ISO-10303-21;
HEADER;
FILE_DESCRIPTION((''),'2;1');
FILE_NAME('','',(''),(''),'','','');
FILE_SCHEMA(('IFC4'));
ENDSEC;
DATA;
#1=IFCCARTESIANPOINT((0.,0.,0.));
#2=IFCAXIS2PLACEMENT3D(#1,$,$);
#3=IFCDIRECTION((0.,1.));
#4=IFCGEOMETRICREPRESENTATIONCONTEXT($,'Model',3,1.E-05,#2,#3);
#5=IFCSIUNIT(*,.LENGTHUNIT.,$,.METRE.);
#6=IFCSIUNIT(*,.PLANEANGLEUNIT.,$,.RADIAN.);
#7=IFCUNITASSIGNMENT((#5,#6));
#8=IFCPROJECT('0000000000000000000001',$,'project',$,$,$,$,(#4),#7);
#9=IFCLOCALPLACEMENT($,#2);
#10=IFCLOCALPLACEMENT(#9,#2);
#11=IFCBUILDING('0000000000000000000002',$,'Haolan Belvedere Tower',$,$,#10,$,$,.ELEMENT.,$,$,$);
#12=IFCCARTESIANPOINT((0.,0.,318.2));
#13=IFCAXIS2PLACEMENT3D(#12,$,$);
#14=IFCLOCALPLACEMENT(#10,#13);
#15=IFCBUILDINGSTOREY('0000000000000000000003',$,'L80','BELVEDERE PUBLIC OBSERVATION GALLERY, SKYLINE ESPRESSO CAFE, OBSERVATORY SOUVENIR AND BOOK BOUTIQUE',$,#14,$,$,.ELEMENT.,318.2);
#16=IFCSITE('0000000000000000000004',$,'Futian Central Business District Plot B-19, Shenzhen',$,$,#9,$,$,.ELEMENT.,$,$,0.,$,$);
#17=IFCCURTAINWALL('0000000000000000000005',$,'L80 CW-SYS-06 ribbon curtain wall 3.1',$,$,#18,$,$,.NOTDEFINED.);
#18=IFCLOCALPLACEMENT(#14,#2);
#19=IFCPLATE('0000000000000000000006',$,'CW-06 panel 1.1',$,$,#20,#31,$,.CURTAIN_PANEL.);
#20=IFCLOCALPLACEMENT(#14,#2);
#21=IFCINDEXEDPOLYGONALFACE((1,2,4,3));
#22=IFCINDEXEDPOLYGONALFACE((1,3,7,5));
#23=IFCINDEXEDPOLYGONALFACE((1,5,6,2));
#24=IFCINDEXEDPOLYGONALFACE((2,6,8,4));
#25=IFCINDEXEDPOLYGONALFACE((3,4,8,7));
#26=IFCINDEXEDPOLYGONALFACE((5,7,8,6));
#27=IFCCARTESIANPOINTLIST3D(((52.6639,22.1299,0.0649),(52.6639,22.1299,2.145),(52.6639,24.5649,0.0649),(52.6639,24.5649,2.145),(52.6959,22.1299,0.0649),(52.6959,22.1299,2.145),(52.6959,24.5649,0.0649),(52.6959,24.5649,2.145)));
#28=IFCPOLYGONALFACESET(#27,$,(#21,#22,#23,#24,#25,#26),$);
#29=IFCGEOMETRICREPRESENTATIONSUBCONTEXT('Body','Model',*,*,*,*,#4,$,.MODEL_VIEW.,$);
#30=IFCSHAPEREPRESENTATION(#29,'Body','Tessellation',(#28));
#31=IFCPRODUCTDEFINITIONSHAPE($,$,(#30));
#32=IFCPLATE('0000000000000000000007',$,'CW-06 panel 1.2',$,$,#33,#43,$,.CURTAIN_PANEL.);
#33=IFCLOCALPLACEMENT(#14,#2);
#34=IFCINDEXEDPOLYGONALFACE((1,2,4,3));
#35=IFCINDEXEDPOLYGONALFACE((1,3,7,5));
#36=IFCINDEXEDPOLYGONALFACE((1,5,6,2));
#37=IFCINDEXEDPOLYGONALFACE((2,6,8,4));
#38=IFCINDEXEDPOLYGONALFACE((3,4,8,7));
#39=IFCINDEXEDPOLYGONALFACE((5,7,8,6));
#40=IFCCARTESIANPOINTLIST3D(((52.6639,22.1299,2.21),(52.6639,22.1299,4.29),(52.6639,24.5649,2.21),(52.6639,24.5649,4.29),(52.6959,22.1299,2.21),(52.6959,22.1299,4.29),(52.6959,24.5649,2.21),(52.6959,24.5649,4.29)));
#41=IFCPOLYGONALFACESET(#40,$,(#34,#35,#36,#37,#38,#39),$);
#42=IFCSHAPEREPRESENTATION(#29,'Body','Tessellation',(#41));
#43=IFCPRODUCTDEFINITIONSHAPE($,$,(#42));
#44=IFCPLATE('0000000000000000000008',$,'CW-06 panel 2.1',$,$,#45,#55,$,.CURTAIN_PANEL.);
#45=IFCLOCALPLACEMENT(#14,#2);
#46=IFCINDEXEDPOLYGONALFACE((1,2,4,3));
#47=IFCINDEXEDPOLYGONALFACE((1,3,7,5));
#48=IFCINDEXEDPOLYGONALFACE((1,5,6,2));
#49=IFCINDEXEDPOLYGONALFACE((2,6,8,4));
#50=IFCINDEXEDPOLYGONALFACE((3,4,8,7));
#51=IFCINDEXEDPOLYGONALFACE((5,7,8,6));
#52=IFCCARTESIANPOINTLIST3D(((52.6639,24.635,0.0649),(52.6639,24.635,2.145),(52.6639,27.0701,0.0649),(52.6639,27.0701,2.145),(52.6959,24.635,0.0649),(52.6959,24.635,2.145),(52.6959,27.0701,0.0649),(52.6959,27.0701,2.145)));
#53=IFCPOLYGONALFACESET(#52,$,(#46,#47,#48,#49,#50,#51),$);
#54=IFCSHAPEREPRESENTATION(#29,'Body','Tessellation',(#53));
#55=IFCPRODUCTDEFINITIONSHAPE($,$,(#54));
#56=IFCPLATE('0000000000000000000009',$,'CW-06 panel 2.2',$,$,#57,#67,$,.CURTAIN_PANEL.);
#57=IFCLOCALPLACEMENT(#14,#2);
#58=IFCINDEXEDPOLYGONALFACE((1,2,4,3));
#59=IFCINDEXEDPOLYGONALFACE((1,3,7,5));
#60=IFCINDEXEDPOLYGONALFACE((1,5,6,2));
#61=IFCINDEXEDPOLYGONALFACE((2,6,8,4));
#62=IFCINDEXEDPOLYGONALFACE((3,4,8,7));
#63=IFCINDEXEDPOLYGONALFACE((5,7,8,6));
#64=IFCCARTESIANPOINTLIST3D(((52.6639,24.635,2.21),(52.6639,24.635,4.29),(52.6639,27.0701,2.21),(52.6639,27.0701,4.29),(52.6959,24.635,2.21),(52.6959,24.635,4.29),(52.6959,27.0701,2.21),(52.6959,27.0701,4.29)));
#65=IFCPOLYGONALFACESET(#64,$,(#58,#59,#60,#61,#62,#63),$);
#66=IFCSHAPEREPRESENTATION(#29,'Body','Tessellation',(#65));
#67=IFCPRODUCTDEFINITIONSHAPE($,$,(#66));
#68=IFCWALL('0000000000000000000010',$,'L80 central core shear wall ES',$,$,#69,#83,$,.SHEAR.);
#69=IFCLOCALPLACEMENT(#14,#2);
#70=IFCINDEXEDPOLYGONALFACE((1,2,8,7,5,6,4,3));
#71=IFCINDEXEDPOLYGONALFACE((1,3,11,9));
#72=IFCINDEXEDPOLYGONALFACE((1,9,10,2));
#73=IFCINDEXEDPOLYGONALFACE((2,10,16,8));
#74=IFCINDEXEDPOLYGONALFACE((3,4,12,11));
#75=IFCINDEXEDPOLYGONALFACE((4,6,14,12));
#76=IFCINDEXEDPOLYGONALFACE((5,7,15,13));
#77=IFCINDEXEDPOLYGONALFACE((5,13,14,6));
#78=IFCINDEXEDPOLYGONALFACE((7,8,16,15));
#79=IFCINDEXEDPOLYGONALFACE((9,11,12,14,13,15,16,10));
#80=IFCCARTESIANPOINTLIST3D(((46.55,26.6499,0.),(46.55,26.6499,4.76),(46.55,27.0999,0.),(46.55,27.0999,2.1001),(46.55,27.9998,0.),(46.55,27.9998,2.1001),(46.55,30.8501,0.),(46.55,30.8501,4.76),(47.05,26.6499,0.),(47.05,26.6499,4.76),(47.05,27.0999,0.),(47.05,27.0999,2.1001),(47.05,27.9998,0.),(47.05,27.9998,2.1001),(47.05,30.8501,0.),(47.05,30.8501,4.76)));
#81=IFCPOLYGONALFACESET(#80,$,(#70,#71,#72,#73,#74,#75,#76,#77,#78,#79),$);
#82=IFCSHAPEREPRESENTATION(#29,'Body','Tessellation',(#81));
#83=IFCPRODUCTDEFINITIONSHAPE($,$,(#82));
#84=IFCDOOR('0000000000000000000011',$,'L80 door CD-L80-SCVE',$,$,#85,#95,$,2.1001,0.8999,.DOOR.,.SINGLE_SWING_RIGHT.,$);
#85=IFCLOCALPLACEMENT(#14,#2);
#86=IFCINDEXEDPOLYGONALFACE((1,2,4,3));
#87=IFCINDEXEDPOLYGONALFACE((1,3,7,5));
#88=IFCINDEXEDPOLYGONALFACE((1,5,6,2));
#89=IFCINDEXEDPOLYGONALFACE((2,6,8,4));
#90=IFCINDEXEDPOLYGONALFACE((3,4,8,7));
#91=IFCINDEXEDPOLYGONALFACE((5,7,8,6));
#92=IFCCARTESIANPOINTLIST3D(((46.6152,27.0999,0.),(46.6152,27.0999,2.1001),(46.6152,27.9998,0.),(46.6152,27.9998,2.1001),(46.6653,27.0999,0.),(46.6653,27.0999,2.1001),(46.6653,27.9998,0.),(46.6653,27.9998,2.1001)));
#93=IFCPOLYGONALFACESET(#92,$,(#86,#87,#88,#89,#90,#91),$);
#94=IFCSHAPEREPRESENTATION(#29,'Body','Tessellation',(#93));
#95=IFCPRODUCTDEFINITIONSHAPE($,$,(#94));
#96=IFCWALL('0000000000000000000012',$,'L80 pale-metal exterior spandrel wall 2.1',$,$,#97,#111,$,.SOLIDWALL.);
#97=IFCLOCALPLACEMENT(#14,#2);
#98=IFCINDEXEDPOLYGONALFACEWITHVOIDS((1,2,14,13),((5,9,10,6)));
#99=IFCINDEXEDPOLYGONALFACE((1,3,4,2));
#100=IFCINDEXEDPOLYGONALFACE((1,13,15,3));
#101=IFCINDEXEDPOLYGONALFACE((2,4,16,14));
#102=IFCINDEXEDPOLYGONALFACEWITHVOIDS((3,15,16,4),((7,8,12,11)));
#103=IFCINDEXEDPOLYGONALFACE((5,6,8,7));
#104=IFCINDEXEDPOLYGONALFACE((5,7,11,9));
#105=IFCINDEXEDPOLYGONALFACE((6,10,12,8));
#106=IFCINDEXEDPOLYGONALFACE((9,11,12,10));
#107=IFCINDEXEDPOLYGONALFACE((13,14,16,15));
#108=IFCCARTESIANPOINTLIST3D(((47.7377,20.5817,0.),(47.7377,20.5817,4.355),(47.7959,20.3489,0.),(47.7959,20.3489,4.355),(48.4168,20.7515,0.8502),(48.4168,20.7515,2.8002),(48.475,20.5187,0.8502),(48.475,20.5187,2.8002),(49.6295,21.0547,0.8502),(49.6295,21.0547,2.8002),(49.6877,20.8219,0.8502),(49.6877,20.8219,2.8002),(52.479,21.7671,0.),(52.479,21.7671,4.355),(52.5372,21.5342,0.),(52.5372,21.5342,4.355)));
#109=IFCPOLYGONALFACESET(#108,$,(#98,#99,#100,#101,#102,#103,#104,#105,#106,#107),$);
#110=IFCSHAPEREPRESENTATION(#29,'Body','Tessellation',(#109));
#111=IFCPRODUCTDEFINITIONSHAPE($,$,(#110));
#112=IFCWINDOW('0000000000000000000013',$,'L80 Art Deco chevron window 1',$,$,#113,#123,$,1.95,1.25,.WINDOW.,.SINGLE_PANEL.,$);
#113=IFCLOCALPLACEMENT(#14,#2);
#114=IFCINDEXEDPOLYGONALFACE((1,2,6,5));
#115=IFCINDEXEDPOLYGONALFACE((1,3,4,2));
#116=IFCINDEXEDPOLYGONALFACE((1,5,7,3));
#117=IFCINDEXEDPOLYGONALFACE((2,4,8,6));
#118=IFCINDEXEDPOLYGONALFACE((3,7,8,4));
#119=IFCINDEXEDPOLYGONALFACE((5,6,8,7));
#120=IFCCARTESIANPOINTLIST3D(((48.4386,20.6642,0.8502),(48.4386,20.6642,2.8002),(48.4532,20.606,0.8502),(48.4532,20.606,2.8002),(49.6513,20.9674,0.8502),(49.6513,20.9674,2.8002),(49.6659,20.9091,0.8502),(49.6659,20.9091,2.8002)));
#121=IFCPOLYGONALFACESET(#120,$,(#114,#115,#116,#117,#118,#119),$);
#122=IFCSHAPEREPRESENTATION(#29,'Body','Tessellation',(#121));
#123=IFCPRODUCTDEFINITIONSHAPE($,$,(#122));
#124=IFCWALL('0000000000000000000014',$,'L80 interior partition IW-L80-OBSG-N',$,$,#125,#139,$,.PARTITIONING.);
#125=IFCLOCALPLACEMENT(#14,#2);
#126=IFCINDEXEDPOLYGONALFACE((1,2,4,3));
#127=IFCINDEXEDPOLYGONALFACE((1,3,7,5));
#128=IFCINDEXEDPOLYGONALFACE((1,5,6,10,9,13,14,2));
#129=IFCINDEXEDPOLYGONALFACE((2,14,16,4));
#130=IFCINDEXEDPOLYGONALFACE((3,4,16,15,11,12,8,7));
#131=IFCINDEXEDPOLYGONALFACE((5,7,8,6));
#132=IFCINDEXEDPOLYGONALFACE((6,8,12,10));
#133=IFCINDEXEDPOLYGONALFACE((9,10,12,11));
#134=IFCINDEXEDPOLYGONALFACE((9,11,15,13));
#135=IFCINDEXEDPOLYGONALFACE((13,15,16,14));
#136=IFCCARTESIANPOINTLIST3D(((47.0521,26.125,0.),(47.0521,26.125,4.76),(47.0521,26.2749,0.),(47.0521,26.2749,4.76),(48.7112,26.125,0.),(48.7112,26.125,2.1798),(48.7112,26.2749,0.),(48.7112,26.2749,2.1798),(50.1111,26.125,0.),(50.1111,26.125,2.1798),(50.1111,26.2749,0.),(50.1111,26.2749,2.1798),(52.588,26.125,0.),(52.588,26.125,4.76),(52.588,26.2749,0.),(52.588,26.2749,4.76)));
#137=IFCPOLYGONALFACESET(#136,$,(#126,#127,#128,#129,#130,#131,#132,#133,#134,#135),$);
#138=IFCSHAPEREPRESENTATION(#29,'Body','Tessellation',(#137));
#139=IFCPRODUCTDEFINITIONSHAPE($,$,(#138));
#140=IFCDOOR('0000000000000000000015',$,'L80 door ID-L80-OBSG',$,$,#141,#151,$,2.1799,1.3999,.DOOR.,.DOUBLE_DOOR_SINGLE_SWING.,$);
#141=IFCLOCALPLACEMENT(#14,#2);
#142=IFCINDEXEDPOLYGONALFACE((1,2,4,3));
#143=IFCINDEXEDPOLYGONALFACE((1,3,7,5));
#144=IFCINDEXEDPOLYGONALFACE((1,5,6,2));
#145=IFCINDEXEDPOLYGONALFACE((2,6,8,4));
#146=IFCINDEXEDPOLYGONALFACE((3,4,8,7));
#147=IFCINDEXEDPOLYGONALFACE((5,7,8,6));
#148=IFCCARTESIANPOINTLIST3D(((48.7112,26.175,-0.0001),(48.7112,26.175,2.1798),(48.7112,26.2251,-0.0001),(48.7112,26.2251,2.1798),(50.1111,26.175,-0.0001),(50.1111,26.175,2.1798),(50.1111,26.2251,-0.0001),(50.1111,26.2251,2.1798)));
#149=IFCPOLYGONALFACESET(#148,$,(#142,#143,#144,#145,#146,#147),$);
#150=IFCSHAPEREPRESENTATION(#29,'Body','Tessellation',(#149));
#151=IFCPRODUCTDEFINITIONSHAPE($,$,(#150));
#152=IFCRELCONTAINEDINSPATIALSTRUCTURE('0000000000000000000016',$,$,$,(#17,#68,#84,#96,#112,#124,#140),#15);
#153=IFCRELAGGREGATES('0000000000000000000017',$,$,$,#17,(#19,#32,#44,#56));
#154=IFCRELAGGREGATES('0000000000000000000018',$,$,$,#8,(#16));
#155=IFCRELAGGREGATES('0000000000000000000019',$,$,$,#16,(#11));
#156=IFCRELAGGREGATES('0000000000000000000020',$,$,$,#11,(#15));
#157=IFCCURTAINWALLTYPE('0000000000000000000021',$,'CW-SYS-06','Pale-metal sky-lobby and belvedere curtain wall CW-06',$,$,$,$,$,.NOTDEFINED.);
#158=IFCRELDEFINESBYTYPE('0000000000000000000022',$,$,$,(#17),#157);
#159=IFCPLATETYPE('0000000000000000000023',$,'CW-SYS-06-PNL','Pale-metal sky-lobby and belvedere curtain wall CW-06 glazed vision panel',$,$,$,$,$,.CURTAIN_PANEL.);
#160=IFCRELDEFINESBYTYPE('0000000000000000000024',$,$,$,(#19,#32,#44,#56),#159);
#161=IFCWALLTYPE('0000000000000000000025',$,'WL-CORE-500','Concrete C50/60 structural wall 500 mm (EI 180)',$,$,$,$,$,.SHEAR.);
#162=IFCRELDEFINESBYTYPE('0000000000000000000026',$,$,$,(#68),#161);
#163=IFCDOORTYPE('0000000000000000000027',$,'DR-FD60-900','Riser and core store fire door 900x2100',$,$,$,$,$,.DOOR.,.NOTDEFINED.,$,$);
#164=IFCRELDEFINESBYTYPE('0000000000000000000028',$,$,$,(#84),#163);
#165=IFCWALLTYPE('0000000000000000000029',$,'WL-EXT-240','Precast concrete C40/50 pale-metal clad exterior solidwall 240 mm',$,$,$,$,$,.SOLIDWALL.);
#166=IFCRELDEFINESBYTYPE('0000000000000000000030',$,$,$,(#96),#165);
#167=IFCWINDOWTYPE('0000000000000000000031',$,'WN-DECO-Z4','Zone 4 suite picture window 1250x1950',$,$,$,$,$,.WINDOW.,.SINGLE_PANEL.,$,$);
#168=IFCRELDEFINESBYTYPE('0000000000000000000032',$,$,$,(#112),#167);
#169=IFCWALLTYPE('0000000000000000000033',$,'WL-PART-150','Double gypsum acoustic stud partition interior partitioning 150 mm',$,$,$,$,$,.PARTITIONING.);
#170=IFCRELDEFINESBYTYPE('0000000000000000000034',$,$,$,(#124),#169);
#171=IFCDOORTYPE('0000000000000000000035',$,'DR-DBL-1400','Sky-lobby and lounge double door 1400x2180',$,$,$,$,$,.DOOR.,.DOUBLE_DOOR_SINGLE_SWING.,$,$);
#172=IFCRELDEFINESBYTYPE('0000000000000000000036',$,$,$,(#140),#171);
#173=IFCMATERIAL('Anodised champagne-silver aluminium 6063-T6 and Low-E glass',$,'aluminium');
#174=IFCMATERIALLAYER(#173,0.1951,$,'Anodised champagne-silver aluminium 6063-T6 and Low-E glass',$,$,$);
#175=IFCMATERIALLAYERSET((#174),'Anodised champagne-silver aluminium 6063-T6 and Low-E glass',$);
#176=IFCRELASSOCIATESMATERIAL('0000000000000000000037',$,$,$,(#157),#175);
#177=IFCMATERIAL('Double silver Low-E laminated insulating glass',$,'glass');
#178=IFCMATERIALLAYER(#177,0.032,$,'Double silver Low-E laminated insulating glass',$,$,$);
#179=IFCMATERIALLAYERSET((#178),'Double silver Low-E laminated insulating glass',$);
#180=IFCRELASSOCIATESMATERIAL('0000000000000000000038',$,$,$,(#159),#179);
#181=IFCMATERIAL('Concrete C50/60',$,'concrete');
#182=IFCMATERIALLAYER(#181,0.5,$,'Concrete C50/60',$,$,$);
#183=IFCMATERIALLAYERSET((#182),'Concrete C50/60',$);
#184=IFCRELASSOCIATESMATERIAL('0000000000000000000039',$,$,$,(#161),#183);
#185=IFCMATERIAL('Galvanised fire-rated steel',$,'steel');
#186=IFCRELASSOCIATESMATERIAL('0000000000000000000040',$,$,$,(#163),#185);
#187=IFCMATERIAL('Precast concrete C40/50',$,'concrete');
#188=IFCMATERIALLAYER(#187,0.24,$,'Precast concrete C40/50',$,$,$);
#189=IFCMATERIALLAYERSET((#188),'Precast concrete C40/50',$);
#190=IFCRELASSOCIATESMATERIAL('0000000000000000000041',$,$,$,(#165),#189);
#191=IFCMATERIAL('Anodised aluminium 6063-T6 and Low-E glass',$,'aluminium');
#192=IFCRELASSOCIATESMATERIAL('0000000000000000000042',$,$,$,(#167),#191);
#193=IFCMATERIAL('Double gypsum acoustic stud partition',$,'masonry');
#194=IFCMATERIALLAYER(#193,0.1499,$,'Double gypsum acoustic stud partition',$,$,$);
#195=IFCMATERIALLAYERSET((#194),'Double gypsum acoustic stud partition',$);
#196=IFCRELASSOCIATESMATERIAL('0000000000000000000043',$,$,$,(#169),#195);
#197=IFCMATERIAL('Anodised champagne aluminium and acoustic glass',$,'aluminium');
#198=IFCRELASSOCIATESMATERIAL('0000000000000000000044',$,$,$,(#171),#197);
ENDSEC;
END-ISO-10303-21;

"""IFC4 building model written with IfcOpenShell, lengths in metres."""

from ifc_helpers import new_model, si_unit, direction, frame, frame_2d, origin, origin_2d, place, context, subcontext, project, spatial, rectangle, extrude, material, layer, layer_set, type_object, element, fill, aggregate, save


model = new_model("IFC4")

# Units and contexts
model_context = context("Model", 3, precision=1e-05, world=origin(), true_north=direction((0.0, 1.0)))
body_context = subcontext(model_context, "Body", "Model", "MODEL_VIEW")
ifc_project = project(units=[si_unit("LENGTHUNIT", "METRE"), si_unit("PLANEANGLEUNIT", "RADIAN")], contexts=[model_context])

# Site, building, storey
site_placement = place(None, origin())
site = spatial("IfcSite", under=ifc_project, at=site_placement, Name="Futian Central Business District Plot B-19, Shenzhen", CompositionType="ELEMENT", RefElevation=0.0)
building_placement = place(site_placement, origin())
building = spatial("IfcBuilding", under=site, at=building_placement, Name="Haolan Belvedere Tower", CompositionType="ELEMENT")
storey_placement = place(building_placement, frame((0.0, 0.0, 318.2)))
storey = spatial("IfcBuildingStorey", under=building, at=storey_placement, Name="L80", Description="BELVEDERE PUBLIC OBSERVATION GALLERY, SKYLINE ESPRESSO CAFE, OBSERVATORY SOUVENIR AND BOOK BOUTIQUE", CompositionType="ELEMENT", Elevation=318.2)

# Shared definitions
ifc_material_1 = material(Name="Anodised champagne-silver aluminium 6063-T6 and Low-E glass", Category="aluminium")
ifc_layer_1 = layer(ifc_material_1, 0.1951, Name="Anodised champagne-silver aluminium 6063-T6 and Low-E glass")
ifc_layer_set_1 = layer_set([ifc_layer_1], Name="Anodised champagne-silver aluminium 6063-T6 and Low-E glass")
curtain_wall_type = type_object("IfcCurtainWallType", Name="CW-SYS-06", Description="Pale-metal sky-lobby and belvedere curtain wall CW-06", PredefinedType="NOTDEFINED", material=ifc_layer_set_1)

# Curtain wall
curtain_wall_1_placement = place(storey_placement, origin())
curtain_wall_1 = element("IfcCurtainWall", 1, at=curtain_wall_1_placement, inside=storey, type_object=curtain_wall_type, Name="L80 CW-SYS-06 ribbon curtain wall 3.1", PredefinedType="NOTDEFINED")

# Plates
ifc_material_2 = material(Name="Double silver Low-E laminated insulating glass", Category="glass")
ifc_layer_2 = layer(ifc_material_2, 0.032, Name="Double silver Low-E laminated insulating glass")
ifc_layer_set_2 = layer_set([ifc_layer_2], Name="Double silver Low-E laminated insulating glass")
plate_type = type_object("IfcPlateType", Name="CW-SYS-06-PNL", Description="Pale-metal sky-lobby and belvedere curtain wall CW-06 glazed vision panel", PredefinedType="CURTAIN_PANEL", material=ifc_layer_set_2)
plate_1_placement = place(storey_placement, frame((52.6799, 23.3474, 0.0649), z_axis=(0.0, 0.0, 1.0), x_axis=(0.0, 1.0, 0.0)))
plate_1 = element("IfcPlate", 2, at=plate_1_placement, type_object=plate_type, Name="CW-06 panel 1.1", PredefinedType="CURTAIN_PANEL", context=body_context, shape_type="SweptSolid", body=[
    extrude(rectangle(XDim=2.4351, YDim=0.032, at=origin_2d()), origin(), (0.0, 0.0, 1.0), 2.0801),
])
plate_2_placement = place(storey_placement, frame((52.6799, 23.3474, 2.21), z_axis=(0.0, 0.0, 1.0), x_axis=(0.0, 1.0, 0.0)))
plate_2 = element("IfcPlate", 3, at=plate_2_placement, type_object=plate_type, Name="CW-06 panel 1.2", PredefinedType="CURTAIN_PANEL", context=body_context, shape_type="SweptSolid", body=[
    extrude(rectangle(XDim=2.4351, YDim=0.032, at=origin_2d()), origin(), (0.0, 0.0, 1.0), 2.0801),
])
plate_3_placement = place(storey_placement, frame((52.6799, 25.8525, 0.0649), z_axis=(0.0, 0.0, 1.0), x_axis=(0.0, 1.0, 0.0)))
plate_3 = element("IfcPlate", 4, at=plate_3_placement, type_object=plate_type, Name="CW-06 panel 2.1", PredefinedType="CURTAIN_PANEL", context=body_context, shape_type="SweptSolid", body=[
    extrude(rectangle(XDim=2.4351, YDim=0.032, at=origin_2d()), origin(), (0.0, 0.0, 1.0), 2.0801),
])
plate_4_placement = place(storey_placement, frame((52.6799, 25.8525, 2.21), z_axis=(0.0, 0.0, 1.0), x_axis=(0.0, 1.0, 0.0)))
plate_4 = element("IfcPlate", 5, at=plate_4_placement, type_object=plate_type, Name="CW-06 panel 2.2", PredefinedType="CURTAIN_PANEL", context=body_context, shape_type="SweptSolid", body=[
    extrude(rectangle(XDim=2.4351, YDim=0.032, at=origin_2d()), origin(), (0.0, 0.0, 1.0), 2.0801),
])
aggregate(curtain_wall_1, [plate_1, plate_2, plate_3, plate_4])

# Wall, opening, door
ifc_material_3 = material(Name="Concrete C50/60", Category="concrete")
ifc_layer_3 = layer(ifc_material_3, 0.5, Name="Concrete C50/60")
ifc_layer_set_3 = layer_set([ifc_layer_3], Name="Concrete C50/60")
wall_type_1 = type_object("IfcWallType", Name="WL-CORE-500", Description="Concrete C50/60 structural wall 500 mm (EI 180)", PredefinedType="SHEAR", material=ifc_layer_set_3)
wall_1_placement = place(storey_placement, frame((46.8, 26.6499, 0.0), z_axis=(0.0, 0.0, 1.0), x_axis=(0.0, 1.0, 0.0)))
wall_1 = element("IfcWall", 6, at=wall_1_placement, inside=storey, type_object=wall_type_1, Name="L80 central core shear wall ES", PredefinedType="SHEAR", context=body_context, shape_type="SweptSolid", body=[
    extrude(rectangle(XDim=4.2002, YDim=0.5, at=frame_2d((2.1001, 0.0))), origin(), (0.0, 0.0, 1.0), 4.76),
])
opening_1_placement = place(wall_1_placement, frame((1.3499, 0.0, 0.0), z_axis=(0.0, 0.0, 1.0), x_axis=(-1.0, 0.0, 0.0)))
opening_1 = element("IfcOpeningElement", 7, at=opening_1_placement, cuts=wall_1, PredefinedType="OPENING", context=body_context, shape_type="SweptSolid", body=[
    extrude(rectangle(XDim=0.8999, YDim=2.1001, at=frame_2d((0.45, 1.05))), frame((0.0, 0.26, 0.0), z_axis=(0.0, -1.0, 0.0), x_axis=(1.0, 0.0, 0.0)), (0.0, 0.0, 1.0), 0.52),
])
ifc_material_4 = material(Name="Galvanised fire-rated steel", Category="steel")
door_type_1 = type_object("IfcDoorType", Name="DR-FD60-900", Description="Riser and core store fire door 900x2100", OperationType="NOTDEFINED", PredefinedType="DOOR", material=ifc_material_4)
door_1_placement = place(opening_1_placement, origin())
door_1 = element("IfcDoor", 8, at=door_1_placement, inside=storey, type_object=door_type_1, Name="L80 door CD-L80-SCVE", OperationType="SINGLE_SWING_RIGHT", OverallHeight=2.1001, OverallWidth=0.8999, PredefinedType="DOOR", context=body_context, shape_type="SweptSolid", body=[
    extrude(rectangle(XDim=0.8999, YDim=2.1001, at=frame_2d((0.45, 1.05))), frame((0.0, -0.1348, 0.0), z_axis=(0.0, -1.0, 0.0), x_axis=(1.0, 0.0, 0.0)), (0.0, 0.0, 1.0), 0.05),
])
fill(opening_1, door_1)

# Wall, opening, window
ifc_material_5 = material(Name="Precast concrete C40/50", Category="concrete")
ifc_layer_4 = layer(ifc_material_5, 0.24, Name="Precast concrete C40/50")
ifc_layer_set_4 = layer_set([ifc_layer_4], Name="Precast concrete C40/50")
wall_type_2 = type_object("IfcWallType", Name="WL-EXT-240", Description="Precast concrete C40/50 pale-metal clad exterior solidwall 240 mm", PredefinedType="SOLIDWALL", material=ifc_layer_set_4)
wall_2_placement = place(storey_placement, frame((47.7668, 20.4653, 0.0), z_axis=(0.0, 0.0, 1.0), x_axis=(0.970143, 0.242536, 0.0)))
wall_2 = element("IfcWall", 9, at=wall_2_placement, inside=storey, type_object=wall_type_2, Name="L80 pale-metal exterior spandrel wall 2.1", PredefinedType="SOLIDWALL", context=body_context, shape_type="SweptSolid", body=[
    extrude(rectangle(XDim=4.8872, YDim=0.24, at=frame_2d((2.4436, 0.0))), origin(), (0.0, 0.0, 1.0), 4.355),
])
opening_2_placement = place(wall_2_placement, frame((0.7, 0.0, 0.8501)))
opening_2 = element("IfcOpeningElement", 10, at=opening_2_placement, cuts=wall_2, PredefinedType="OPENING", context=body_context, shape_type="SweptSolid", body=[
    extrude(rectangle(XDim=1.25, YDim=1.95, at=frame_2d((0.625, 0.9751))), frame((0.0, 0.1299, 0.0), z_axis=(0.0, -1.0, 0.0), x_axis=(1.0, 0.0, 0.0)), (0.0, 0.0, 1.0), 0.26),
])
ifc_material_6 = material(Name="Anodised aluminium 6063-T6 and Low-E glass", Category="aluminium")
window_type = type_object("IfcWindowType", Name="WN-DECO-Z4", Description="Zone 4 suite picture window 1250x1950", PartitioningType="SINGLE_PANEL", PredefinedType="WINDOW", material=ifc_material_6)
window_placement = place(opening_2_placement, origin())
window = element("IfcWindow", 11, at=window_placement, inside=storey, type_object=window_type, Name="L80 Art Deco chevron window 1", OverallHeight=1.95, OverallWidth=1.25, PartitioningType="SINGLE_PANEL", PredefinedType="WINDOW", context=body_context, shape_type="SweptSolid", body=[
    extrude(rectangle(XDim=1.25, YDim=1.95, at=frame_2d((0.625, 0.9751))), frame((0.0, 0.03, 0.0), z_axis=(0.0, -1.0, 0.0), x_axis=(1.0, 0.0, 0.0)), (0.0, 0.0, 1.0), 0.0601),
])
fill(opening_2, window)

# Wall, opening, door
ifc_material_7 = material(Name="Double gypsum acoustic stud partition", Category="masonry")
ifc_layer_5 = layer(ifc_material_7, 0.1499, Name="Double gypsum acoustic stud partition")
ifc_layer_set_5 = layer_set([ifc_layer_5], Name="Double gypsum acoustic stud partition")
wall_type_3 = type_object("IfcWallType", Name="WL-PART-150", Description="Double gypsum acoustic stud partition interior partitioning 150 mm", PredefinedType="PARTITIONING", material=ifc_layer_set_5)
wall_3_placement = place(storey_placement, frame((47.052, 26.2, 0.0), z_axis=(0.0, 0.0, 1.0), x_axis=(1.0, 0.0, 0.0)))
wall_3 = element("IfcWall", 12, at=wall_3_placement, inside=storey, type_object=wall_type_3, Name="L80 interior partition IW-L80-OBSG-N", PredefinedType="PARTITIONING", context=body_context, shape_type="SweptSolid", body=[
    extrude(rectangle(XDim=5.5359, YDim=0.1499, at=frame_2d((2.7681, 0.0))), origin(), (0.0, 0.0, 1.0), 4.76),
])
opening_3_placement = place(wall_3_placement, frame((3.0591, 0.0, 0.0), z_axis=(0.0, 0.0, 1.0), x_axis=(-1.0, 0.0, 0.0)))
opening_3 = element("IfcOpeningElement", 13, at=opening_3_placement, cuts=wall_3, PredefinedType="OPENING", context=body_context, shape_type="SweptSolid", body=[
    extrude(rectangle(XDim=1.3999, YDim=2.1799, at=frame_2d((0.7, 1.0898))), frame((0.0, 0.085, 0.0), z_axis=(0.0, -1.0, 0.0), x_axis=(1.0, 0.0, 0.0)), (0.0, 0.0, 1.0), 0.1699),
])
ifc_material_8 = material(Name="Anodised champagne aluminium and acoustic glass", Category="aluminium")
door_type_2 = type_object("IfcDoorType", Name="DR-DBL-1400", Description="Sky-lobby and lounge double door 1400x2180", OperationType="DOUBLE_DOOR_SINGLE_SWING", PredefinedType="DOOR", material=ifc_material_8)
door_2_placement = place(opening_3_placement, origin())
door_2 = element("IfcDoor", 14, at=door_2_placement, inside=storey, type_object=door_type_2, Name="L80 door ID-L80-OBSG", OperationType="DOUBLE_DOOR_SINGLE_SWING", OverallHeight=2.1799, OverallWidth=1.3999, PredefinedType="DOOR", context=body_context, shape_type="SweptSolid", body=[
    extrude(rectangle(XDim=1.3999, YDim=2.1799, at=frame_2d((0.7, 1.0898))), frame((0.0, 0.0249, 0.0), z_axis=(0.0, -1.0, 0.0), x_axis=(1.0, 0.0, 0.0)), (0.0, 0.0, 1.0), 0.05),
])
fill(opening_3, door_2)

save(model, "model.ifc")
